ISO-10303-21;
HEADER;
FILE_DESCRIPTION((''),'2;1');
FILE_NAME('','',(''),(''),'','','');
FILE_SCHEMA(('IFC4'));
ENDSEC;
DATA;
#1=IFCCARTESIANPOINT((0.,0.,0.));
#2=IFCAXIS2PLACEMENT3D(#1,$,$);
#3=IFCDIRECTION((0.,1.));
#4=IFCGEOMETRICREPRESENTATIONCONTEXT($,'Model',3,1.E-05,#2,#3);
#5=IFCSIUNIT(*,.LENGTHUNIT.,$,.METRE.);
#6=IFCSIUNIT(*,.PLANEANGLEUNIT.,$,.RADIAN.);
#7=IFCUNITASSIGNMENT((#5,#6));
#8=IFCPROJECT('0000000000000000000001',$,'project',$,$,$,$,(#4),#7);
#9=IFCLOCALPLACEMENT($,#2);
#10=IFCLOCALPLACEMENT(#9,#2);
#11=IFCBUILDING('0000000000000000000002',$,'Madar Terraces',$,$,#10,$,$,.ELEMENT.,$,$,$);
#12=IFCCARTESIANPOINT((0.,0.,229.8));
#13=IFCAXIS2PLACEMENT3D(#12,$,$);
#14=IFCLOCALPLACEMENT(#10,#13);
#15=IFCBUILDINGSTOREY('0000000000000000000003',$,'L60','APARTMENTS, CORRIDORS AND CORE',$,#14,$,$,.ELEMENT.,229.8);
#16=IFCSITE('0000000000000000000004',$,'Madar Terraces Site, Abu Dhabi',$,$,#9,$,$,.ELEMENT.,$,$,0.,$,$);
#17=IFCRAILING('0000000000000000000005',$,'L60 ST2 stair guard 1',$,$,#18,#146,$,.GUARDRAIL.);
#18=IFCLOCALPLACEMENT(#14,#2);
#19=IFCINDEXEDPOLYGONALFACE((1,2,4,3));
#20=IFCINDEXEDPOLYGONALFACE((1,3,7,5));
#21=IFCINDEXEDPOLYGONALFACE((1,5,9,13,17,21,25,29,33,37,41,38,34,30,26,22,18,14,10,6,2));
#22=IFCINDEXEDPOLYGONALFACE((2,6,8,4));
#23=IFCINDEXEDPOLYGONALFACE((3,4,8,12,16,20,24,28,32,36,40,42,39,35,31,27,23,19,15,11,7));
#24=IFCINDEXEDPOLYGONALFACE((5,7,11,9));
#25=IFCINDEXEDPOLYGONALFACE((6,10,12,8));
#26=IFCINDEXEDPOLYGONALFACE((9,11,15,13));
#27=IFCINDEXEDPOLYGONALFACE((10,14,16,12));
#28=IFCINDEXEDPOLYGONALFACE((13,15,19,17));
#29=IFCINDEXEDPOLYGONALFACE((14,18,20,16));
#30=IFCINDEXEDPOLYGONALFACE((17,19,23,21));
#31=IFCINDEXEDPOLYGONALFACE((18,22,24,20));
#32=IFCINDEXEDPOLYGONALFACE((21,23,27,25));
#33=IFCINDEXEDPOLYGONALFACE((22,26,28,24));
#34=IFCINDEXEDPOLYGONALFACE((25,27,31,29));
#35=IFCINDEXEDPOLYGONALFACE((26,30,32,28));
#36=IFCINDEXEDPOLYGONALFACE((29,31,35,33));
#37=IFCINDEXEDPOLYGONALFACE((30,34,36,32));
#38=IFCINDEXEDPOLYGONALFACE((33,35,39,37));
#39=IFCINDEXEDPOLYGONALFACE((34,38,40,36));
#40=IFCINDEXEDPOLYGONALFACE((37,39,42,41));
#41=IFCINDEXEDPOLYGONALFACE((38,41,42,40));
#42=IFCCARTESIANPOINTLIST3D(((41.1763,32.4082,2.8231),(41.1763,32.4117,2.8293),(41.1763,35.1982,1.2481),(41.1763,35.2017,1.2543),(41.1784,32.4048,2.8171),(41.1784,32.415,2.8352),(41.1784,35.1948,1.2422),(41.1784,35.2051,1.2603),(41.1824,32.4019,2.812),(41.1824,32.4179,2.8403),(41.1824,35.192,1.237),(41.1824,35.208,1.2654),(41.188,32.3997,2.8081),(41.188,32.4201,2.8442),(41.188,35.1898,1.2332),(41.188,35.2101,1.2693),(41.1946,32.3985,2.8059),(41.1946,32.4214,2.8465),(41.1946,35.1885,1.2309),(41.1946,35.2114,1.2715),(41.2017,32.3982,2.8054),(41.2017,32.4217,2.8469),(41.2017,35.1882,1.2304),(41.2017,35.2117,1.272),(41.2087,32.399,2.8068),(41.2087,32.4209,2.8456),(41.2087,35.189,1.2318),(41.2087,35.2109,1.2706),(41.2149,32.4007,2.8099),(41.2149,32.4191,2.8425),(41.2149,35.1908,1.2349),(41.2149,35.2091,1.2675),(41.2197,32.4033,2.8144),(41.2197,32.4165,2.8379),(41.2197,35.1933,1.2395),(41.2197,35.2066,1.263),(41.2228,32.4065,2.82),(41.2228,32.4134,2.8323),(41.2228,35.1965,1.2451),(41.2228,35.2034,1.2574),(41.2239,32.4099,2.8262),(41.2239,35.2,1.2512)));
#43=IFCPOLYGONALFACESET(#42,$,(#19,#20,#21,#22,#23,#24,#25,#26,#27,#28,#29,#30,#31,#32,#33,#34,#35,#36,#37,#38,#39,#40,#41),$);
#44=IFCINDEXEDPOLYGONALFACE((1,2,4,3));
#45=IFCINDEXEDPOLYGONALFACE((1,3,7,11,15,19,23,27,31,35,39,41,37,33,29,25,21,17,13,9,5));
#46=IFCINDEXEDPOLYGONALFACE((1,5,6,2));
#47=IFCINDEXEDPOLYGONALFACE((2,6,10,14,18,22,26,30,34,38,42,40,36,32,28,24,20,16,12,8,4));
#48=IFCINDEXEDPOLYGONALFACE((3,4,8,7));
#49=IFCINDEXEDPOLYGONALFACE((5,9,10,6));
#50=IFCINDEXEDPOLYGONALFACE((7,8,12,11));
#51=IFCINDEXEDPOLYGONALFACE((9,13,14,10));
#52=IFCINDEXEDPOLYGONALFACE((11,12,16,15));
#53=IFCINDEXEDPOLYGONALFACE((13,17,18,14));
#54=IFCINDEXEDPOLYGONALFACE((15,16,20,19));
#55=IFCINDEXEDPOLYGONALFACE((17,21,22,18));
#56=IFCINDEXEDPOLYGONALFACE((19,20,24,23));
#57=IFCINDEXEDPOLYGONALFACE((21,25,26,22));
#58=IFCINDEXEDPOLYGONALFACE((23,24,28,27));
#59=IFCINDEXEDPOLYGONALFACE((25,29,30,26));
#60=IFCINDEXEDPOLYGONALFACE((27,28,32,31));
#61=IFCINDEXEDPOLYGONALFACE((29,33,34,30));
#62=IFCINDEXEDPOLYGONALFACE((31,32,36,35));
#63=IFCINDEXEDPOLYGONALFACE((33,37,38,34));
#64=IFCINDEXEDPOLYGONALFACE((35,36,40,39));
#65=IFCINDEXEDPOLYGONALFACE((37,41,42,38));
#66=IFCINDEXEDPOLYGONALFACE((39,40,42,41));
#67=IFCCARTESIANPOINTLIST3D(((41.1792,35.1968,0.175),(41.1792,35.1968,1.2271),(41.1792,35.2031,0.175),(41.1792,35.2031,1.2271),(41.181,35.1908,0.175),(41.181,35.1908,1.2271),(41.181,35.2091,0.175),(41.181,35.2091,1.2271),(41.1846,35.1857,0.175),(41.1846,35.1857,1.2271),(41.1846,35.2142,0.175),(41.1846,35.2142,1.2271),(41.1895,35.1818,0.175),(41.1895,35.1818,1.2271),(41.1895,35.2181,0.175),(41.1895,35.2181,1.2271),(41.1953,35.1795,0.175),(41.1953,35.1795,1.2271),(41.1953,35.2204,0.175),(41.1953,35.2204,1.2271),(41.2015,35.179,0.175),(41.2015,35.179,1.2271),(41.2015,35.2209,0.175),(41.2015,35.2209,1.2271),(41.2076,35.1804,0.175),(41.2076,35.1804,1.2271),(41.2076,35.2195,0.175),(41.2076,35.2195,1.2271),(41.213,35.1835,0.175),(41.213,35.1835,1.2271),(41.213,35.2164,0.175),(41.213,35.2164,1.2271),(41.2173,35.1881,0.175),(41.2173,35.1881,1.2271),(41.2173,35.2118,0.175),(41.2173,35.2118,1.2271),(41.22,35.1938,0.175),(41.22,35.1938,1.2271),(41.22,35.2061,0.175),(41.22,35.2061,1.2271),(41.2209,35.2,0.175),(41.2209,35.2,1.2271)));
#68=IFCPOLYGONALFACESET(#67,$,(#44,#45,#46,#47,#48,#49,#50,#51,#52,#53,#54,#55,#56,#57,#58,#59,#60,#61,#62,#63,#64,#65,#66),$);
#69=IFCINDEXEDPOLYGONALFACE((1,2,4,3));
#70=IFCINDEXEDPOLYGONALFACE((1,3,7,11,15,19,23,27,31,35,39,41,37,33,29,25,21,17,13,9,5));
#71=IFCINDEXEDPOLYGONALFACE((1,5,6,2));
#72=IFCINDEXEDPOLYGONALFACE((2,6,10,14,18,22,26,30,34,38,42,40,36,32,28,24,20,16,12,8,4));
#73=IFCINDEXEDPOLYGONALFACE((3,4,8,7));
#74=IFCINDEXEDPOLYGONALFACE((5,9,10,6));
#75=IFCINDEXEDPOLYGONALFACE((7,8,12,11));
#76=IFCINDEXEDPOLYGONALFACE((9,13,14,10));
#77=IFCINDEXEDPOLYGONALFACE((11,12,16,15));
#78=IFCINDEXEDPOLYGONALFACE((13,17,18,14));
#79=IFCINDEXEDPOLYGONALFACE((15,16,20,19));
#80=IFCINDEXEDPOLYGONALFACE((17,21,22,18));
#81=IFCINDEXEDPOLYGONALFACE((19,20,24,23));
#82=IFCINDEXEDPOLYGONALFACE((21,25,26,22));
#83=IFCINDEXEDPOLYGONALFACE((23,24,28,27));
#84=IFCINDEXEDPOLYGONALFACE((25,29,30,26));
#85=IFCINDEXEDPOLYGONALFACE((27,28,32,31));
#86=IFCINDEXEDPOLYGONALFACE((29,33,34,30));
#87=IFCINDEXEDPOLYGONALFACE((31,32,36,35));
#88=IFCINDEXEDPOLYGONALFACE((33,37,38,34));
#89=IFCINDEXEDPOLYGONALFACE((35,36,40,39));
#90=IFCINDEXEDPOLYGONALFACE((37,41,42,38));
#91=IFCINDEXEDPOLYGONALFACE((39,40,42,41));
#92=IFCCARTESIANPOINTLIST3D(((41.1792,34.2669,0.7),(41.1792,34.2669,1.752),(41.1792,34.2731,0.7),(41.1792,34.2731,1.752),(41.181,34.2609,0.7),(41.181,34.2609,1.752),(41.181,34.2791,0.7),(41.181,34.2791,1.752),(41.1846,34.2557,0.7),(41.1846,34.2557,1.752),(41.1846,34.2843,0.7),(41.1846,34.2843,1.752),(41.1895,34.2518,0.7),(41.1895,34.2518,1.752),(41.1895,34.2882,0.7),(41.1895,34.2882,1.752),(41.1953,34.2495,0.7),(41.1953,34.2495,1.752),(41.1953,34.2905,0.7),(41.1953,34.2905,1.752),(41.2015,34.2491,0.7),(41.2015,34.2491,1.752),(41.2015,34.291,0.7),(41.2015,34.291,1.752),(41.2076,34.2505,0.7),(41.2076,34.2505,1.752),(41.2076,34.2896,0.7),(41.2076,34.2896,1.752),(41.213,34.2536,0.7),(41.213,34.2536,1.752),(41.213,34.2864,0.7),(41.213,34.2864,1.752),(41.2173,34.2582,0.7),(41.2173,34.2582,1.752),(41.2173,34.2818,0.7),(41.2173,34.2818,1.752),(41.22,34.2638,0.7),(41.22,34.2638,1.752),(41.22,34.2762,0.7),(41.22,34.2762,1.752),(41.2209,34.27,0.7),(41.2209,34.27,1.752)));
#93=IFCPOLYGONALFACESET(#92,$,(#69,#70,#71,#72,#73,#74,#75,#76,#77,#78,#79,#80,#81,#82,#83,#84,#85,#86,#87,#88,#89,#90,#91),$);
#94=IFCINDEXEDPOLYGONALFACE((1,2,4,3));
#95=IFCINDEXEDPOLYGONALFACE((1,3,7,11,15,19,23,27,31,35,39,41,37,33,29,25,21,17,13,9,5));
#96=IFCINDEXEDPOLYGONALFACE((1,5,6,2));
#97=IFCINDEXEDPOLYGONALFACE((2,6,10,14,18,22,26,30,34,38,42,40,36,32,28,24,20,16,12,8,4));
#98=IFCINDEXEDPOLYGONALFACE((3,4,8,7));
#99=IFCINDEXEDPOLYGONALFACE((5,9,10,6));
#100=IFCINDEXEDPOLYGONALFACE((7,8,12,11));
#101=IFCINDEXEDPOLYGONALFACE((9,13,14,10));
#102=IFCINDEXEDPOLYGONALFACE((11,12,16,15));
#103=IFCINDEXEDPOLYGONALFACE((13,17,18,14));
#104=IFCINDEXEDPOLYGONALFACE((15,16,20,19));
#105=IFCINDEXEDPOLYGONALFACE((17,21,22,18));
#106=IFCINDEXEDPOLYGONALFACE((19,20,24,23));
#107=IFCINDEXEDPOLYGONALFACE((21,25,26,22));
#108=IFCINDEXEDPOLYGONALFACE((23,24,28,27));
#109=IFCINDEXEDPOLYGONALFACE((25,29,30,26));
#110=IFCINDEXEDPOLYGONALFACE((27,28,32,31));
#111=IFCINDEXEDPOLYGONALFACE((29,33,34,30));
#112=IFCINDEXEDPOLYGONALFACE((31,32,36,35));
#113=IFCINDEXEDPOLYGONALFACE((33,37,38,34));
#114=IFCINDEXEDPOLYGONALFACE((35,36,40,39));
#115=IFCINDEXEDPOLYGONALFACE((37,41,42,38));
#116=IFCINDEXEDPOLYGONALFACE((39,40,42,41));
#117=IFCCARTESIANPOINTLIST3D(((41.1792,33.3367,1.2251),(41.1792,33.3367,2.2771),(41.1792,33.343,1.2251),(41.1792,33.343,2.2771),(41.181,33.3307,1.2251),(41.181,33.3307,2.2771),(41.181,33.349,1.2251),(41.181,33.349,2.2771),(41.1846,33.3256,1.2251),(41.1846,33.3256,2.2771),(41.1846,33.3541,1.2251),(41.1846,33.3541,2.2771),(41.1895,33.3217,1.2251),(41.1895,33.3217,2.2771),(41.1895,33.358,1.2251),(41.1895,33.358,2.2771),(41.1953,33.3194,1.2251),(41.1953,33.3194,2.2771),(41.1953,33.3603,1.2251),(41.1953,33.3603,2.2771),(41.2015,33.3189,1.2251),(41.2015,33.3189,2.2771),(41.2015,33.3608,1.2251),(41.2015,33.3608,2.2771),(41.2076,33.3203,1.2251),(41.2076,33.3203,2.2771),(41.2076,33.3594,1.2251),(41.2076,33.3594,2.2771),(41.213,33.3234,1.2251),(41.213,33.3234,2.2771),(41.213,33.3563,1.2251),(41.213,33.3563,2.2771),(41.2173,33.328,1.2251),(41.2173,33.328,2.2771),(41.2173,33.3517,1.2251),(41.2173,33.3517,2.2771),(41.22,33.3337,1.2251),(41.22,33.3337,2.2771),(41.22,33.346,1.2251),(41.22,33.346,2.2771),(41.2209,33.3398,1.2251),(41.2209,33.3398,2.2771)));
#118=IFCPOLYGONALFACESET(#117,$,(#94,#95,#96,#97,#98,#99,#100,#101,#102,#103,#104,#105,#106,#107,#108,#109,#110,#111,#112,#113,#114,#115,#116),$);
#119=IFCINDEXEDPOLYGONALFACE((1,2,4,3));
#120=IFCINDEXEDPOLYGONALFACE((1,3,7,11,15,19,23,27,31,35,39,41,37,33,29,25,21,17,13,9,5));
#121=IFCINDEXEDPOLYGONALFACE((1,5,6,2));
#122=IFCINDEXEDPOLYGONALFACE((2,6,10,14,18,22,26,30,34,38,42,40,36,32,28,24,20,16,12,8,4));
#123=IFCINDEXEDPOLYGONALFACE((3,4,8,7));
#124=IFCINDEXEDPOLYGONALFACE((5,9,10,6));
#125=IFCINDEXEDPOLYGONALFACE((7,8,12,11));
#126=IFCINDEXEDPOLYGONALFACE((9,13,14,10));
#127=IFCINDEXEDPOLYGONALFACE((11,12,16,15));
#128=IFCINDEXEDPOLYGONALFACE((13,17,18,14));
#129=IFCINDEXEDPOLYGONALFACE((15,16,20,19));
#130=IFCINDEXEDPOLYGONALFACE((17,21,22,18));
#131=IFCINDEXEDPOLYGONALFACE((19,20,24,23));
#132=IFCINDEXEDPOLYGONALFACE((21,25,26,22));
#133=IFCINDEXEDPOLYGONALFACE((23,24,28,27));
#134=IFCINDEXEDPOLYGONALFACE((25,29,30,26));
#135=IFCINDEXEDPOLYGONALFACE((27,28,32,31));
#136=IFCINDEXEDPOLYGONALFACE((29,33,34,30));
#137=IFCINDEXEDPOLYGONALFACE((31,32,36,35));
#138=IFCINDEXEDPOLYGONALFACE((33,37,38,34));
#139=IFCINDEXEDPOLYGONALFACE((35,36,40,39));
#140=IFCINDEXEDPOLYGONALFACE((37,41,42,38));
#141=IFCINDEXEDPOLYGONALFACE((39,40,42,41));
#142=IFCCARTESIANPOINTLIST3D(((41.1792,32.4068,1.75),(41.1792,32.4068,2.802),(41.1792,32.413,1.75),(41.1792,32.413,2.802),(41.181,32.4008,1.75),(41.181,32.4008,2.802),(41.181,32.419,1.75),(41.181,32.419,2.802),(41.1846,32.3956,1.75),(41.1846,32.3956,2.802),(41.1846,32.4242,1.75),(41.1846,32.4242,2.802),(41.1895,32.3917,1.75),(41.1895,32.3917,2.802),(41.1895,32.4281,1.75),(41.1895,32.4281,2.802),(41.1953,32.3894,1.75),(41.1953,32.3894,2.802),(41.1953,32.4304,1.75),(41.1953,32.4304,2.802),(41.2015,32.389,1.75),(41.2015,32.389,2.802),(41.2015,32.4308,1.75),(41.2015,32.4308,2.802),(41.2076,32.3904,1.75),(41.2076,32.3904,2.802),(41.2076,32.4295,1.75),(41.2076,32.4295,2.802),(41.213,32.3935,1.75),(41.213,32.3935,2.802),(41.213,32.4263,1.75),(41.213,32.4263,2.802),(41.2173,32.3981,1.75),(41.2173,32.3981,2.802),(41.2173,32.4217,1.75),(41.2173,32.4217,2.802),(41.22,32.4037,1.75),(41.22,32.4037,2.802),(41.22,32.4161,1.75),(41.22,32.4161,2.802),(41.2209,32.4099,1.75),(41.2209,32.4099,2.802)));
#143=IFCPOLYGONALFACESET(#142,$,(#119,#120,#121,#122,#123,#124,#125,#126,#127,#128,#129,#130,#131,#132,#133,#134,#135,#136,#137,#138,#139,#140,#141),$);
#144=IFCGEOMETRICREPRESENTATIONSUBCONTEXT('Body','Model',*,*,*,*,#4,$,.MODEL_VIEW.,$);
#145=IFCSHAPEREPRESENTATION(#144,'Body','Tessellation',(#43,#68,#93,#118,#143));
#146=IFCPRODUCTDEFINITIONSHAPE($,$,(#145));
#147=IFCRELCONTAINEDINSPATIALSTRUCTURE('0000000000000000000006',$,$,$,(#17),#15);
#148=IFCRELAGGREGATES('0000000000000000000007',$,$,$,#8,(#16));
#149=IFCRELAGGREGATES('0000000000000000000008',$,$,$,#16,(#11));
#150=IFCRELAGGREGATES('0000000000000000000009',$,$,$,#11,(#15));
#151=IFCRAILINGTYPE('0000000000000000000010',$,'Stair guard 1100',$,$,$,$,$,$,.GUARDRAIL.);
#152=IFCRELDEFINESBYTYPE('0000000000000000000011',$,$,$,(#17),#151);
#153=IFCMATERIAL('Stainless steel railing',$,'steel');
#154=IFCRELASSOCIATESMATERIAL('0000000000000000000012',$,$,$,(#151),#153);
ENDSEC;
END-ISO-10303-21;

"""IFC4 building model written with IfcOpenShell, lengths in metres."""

from ifc_helpers import new_model, si_unit, direction, frame, origin, origin_2d, place, context, subcontext, project, spatial, circle, extrude, material, type_object, element, save


model = new_model("IFC4")

# Units and contexts
model_context = context("Model", 3, precision=1e-05, world=origin(), true_north=direction((0.0, 1.0)))
body_context = subcontext(model_context, "Body", "Model", "MODEL_VIEW")
ifc_project = project(units=[si_unit("LENGTHUNIT", "METRE"), si_unit("PLANEANGLEUNIT", "RADIAN")], contexts=[model_context])

# Site, building, storey
site_placement = place(None, origin())
site = spatial("IfcSite", under=ifc_project, at=site_placement, Name="Madar Terraces Site, Abu Dhabi", CompositionType="ELEMENT", RefElevation=0.0)
building_placement = place(site_placement, origin())
building = spatial("IfcBuilding", under=site, at=building_placement, Name="Madar Terraces", CompositionType="ELEMENT")
storey_placement = place(building_placement, frame((0.0, 0.0, 229.8)))
storey = spatial("IfcBuildingStorey", under=building, at=storey_placement, Name="L60", Description="APARTMENTS, CORRIDORS AND CORE", CompositionType="ELEMENT", Elevation=229.8)

# Railing
ifc_material_1 = material(Name="Stainless steel railing", Category="steel")
railing_type_1 = type_object("IfcRailingType", Name="Stair guard 1100", PredefinedType="GUARDRAIL", material=ifc_material_1)
railing_1_placement = place(storey_placement, frame((41.2, 35.2, 0.175)))
element("IfcRailing", 1, at=railing_1_placement, inside=storey, type_object=railing_type_1, Name="L60 ST2 stair guard 1", PredefinedType="GUARDRAIL", context=body_context, shape_type="SweptSolid", body=[
    extrude(circle(Radius=0.0239, at=origin_2d()), frame((0.0, 0.0, 1.0762), z_axis=(0.0, -0.870834, 0.491578), x_axis=(1.0, 0.0, 0.0)), (0.0, 0.0, 1.0), 3.2039),
    extrude(circle(Radius=0.021, at=origin_2d()), origin(), (0.0, 0.0, 1.0), 1.052),
    extrude(circle(Radius=0.021, at=origin_2d()), frame((0.0, -0.9299, 0.5249)), (0.0, 0.0, 1.0), 1.052),
    extrude(circle(Radius=0.021, at=origin_2d()), frame((0.0, -1.8601, 1.05)), (0.0, 0.0, 1.0), 1.052),
    extrude(circle(Radius=0.021, at=origin_2d()), frame((0.0, -2.79, 1.575)), (0.0, 0.0, 1.0), 1.052),
])

save(model, "model.ifc")
